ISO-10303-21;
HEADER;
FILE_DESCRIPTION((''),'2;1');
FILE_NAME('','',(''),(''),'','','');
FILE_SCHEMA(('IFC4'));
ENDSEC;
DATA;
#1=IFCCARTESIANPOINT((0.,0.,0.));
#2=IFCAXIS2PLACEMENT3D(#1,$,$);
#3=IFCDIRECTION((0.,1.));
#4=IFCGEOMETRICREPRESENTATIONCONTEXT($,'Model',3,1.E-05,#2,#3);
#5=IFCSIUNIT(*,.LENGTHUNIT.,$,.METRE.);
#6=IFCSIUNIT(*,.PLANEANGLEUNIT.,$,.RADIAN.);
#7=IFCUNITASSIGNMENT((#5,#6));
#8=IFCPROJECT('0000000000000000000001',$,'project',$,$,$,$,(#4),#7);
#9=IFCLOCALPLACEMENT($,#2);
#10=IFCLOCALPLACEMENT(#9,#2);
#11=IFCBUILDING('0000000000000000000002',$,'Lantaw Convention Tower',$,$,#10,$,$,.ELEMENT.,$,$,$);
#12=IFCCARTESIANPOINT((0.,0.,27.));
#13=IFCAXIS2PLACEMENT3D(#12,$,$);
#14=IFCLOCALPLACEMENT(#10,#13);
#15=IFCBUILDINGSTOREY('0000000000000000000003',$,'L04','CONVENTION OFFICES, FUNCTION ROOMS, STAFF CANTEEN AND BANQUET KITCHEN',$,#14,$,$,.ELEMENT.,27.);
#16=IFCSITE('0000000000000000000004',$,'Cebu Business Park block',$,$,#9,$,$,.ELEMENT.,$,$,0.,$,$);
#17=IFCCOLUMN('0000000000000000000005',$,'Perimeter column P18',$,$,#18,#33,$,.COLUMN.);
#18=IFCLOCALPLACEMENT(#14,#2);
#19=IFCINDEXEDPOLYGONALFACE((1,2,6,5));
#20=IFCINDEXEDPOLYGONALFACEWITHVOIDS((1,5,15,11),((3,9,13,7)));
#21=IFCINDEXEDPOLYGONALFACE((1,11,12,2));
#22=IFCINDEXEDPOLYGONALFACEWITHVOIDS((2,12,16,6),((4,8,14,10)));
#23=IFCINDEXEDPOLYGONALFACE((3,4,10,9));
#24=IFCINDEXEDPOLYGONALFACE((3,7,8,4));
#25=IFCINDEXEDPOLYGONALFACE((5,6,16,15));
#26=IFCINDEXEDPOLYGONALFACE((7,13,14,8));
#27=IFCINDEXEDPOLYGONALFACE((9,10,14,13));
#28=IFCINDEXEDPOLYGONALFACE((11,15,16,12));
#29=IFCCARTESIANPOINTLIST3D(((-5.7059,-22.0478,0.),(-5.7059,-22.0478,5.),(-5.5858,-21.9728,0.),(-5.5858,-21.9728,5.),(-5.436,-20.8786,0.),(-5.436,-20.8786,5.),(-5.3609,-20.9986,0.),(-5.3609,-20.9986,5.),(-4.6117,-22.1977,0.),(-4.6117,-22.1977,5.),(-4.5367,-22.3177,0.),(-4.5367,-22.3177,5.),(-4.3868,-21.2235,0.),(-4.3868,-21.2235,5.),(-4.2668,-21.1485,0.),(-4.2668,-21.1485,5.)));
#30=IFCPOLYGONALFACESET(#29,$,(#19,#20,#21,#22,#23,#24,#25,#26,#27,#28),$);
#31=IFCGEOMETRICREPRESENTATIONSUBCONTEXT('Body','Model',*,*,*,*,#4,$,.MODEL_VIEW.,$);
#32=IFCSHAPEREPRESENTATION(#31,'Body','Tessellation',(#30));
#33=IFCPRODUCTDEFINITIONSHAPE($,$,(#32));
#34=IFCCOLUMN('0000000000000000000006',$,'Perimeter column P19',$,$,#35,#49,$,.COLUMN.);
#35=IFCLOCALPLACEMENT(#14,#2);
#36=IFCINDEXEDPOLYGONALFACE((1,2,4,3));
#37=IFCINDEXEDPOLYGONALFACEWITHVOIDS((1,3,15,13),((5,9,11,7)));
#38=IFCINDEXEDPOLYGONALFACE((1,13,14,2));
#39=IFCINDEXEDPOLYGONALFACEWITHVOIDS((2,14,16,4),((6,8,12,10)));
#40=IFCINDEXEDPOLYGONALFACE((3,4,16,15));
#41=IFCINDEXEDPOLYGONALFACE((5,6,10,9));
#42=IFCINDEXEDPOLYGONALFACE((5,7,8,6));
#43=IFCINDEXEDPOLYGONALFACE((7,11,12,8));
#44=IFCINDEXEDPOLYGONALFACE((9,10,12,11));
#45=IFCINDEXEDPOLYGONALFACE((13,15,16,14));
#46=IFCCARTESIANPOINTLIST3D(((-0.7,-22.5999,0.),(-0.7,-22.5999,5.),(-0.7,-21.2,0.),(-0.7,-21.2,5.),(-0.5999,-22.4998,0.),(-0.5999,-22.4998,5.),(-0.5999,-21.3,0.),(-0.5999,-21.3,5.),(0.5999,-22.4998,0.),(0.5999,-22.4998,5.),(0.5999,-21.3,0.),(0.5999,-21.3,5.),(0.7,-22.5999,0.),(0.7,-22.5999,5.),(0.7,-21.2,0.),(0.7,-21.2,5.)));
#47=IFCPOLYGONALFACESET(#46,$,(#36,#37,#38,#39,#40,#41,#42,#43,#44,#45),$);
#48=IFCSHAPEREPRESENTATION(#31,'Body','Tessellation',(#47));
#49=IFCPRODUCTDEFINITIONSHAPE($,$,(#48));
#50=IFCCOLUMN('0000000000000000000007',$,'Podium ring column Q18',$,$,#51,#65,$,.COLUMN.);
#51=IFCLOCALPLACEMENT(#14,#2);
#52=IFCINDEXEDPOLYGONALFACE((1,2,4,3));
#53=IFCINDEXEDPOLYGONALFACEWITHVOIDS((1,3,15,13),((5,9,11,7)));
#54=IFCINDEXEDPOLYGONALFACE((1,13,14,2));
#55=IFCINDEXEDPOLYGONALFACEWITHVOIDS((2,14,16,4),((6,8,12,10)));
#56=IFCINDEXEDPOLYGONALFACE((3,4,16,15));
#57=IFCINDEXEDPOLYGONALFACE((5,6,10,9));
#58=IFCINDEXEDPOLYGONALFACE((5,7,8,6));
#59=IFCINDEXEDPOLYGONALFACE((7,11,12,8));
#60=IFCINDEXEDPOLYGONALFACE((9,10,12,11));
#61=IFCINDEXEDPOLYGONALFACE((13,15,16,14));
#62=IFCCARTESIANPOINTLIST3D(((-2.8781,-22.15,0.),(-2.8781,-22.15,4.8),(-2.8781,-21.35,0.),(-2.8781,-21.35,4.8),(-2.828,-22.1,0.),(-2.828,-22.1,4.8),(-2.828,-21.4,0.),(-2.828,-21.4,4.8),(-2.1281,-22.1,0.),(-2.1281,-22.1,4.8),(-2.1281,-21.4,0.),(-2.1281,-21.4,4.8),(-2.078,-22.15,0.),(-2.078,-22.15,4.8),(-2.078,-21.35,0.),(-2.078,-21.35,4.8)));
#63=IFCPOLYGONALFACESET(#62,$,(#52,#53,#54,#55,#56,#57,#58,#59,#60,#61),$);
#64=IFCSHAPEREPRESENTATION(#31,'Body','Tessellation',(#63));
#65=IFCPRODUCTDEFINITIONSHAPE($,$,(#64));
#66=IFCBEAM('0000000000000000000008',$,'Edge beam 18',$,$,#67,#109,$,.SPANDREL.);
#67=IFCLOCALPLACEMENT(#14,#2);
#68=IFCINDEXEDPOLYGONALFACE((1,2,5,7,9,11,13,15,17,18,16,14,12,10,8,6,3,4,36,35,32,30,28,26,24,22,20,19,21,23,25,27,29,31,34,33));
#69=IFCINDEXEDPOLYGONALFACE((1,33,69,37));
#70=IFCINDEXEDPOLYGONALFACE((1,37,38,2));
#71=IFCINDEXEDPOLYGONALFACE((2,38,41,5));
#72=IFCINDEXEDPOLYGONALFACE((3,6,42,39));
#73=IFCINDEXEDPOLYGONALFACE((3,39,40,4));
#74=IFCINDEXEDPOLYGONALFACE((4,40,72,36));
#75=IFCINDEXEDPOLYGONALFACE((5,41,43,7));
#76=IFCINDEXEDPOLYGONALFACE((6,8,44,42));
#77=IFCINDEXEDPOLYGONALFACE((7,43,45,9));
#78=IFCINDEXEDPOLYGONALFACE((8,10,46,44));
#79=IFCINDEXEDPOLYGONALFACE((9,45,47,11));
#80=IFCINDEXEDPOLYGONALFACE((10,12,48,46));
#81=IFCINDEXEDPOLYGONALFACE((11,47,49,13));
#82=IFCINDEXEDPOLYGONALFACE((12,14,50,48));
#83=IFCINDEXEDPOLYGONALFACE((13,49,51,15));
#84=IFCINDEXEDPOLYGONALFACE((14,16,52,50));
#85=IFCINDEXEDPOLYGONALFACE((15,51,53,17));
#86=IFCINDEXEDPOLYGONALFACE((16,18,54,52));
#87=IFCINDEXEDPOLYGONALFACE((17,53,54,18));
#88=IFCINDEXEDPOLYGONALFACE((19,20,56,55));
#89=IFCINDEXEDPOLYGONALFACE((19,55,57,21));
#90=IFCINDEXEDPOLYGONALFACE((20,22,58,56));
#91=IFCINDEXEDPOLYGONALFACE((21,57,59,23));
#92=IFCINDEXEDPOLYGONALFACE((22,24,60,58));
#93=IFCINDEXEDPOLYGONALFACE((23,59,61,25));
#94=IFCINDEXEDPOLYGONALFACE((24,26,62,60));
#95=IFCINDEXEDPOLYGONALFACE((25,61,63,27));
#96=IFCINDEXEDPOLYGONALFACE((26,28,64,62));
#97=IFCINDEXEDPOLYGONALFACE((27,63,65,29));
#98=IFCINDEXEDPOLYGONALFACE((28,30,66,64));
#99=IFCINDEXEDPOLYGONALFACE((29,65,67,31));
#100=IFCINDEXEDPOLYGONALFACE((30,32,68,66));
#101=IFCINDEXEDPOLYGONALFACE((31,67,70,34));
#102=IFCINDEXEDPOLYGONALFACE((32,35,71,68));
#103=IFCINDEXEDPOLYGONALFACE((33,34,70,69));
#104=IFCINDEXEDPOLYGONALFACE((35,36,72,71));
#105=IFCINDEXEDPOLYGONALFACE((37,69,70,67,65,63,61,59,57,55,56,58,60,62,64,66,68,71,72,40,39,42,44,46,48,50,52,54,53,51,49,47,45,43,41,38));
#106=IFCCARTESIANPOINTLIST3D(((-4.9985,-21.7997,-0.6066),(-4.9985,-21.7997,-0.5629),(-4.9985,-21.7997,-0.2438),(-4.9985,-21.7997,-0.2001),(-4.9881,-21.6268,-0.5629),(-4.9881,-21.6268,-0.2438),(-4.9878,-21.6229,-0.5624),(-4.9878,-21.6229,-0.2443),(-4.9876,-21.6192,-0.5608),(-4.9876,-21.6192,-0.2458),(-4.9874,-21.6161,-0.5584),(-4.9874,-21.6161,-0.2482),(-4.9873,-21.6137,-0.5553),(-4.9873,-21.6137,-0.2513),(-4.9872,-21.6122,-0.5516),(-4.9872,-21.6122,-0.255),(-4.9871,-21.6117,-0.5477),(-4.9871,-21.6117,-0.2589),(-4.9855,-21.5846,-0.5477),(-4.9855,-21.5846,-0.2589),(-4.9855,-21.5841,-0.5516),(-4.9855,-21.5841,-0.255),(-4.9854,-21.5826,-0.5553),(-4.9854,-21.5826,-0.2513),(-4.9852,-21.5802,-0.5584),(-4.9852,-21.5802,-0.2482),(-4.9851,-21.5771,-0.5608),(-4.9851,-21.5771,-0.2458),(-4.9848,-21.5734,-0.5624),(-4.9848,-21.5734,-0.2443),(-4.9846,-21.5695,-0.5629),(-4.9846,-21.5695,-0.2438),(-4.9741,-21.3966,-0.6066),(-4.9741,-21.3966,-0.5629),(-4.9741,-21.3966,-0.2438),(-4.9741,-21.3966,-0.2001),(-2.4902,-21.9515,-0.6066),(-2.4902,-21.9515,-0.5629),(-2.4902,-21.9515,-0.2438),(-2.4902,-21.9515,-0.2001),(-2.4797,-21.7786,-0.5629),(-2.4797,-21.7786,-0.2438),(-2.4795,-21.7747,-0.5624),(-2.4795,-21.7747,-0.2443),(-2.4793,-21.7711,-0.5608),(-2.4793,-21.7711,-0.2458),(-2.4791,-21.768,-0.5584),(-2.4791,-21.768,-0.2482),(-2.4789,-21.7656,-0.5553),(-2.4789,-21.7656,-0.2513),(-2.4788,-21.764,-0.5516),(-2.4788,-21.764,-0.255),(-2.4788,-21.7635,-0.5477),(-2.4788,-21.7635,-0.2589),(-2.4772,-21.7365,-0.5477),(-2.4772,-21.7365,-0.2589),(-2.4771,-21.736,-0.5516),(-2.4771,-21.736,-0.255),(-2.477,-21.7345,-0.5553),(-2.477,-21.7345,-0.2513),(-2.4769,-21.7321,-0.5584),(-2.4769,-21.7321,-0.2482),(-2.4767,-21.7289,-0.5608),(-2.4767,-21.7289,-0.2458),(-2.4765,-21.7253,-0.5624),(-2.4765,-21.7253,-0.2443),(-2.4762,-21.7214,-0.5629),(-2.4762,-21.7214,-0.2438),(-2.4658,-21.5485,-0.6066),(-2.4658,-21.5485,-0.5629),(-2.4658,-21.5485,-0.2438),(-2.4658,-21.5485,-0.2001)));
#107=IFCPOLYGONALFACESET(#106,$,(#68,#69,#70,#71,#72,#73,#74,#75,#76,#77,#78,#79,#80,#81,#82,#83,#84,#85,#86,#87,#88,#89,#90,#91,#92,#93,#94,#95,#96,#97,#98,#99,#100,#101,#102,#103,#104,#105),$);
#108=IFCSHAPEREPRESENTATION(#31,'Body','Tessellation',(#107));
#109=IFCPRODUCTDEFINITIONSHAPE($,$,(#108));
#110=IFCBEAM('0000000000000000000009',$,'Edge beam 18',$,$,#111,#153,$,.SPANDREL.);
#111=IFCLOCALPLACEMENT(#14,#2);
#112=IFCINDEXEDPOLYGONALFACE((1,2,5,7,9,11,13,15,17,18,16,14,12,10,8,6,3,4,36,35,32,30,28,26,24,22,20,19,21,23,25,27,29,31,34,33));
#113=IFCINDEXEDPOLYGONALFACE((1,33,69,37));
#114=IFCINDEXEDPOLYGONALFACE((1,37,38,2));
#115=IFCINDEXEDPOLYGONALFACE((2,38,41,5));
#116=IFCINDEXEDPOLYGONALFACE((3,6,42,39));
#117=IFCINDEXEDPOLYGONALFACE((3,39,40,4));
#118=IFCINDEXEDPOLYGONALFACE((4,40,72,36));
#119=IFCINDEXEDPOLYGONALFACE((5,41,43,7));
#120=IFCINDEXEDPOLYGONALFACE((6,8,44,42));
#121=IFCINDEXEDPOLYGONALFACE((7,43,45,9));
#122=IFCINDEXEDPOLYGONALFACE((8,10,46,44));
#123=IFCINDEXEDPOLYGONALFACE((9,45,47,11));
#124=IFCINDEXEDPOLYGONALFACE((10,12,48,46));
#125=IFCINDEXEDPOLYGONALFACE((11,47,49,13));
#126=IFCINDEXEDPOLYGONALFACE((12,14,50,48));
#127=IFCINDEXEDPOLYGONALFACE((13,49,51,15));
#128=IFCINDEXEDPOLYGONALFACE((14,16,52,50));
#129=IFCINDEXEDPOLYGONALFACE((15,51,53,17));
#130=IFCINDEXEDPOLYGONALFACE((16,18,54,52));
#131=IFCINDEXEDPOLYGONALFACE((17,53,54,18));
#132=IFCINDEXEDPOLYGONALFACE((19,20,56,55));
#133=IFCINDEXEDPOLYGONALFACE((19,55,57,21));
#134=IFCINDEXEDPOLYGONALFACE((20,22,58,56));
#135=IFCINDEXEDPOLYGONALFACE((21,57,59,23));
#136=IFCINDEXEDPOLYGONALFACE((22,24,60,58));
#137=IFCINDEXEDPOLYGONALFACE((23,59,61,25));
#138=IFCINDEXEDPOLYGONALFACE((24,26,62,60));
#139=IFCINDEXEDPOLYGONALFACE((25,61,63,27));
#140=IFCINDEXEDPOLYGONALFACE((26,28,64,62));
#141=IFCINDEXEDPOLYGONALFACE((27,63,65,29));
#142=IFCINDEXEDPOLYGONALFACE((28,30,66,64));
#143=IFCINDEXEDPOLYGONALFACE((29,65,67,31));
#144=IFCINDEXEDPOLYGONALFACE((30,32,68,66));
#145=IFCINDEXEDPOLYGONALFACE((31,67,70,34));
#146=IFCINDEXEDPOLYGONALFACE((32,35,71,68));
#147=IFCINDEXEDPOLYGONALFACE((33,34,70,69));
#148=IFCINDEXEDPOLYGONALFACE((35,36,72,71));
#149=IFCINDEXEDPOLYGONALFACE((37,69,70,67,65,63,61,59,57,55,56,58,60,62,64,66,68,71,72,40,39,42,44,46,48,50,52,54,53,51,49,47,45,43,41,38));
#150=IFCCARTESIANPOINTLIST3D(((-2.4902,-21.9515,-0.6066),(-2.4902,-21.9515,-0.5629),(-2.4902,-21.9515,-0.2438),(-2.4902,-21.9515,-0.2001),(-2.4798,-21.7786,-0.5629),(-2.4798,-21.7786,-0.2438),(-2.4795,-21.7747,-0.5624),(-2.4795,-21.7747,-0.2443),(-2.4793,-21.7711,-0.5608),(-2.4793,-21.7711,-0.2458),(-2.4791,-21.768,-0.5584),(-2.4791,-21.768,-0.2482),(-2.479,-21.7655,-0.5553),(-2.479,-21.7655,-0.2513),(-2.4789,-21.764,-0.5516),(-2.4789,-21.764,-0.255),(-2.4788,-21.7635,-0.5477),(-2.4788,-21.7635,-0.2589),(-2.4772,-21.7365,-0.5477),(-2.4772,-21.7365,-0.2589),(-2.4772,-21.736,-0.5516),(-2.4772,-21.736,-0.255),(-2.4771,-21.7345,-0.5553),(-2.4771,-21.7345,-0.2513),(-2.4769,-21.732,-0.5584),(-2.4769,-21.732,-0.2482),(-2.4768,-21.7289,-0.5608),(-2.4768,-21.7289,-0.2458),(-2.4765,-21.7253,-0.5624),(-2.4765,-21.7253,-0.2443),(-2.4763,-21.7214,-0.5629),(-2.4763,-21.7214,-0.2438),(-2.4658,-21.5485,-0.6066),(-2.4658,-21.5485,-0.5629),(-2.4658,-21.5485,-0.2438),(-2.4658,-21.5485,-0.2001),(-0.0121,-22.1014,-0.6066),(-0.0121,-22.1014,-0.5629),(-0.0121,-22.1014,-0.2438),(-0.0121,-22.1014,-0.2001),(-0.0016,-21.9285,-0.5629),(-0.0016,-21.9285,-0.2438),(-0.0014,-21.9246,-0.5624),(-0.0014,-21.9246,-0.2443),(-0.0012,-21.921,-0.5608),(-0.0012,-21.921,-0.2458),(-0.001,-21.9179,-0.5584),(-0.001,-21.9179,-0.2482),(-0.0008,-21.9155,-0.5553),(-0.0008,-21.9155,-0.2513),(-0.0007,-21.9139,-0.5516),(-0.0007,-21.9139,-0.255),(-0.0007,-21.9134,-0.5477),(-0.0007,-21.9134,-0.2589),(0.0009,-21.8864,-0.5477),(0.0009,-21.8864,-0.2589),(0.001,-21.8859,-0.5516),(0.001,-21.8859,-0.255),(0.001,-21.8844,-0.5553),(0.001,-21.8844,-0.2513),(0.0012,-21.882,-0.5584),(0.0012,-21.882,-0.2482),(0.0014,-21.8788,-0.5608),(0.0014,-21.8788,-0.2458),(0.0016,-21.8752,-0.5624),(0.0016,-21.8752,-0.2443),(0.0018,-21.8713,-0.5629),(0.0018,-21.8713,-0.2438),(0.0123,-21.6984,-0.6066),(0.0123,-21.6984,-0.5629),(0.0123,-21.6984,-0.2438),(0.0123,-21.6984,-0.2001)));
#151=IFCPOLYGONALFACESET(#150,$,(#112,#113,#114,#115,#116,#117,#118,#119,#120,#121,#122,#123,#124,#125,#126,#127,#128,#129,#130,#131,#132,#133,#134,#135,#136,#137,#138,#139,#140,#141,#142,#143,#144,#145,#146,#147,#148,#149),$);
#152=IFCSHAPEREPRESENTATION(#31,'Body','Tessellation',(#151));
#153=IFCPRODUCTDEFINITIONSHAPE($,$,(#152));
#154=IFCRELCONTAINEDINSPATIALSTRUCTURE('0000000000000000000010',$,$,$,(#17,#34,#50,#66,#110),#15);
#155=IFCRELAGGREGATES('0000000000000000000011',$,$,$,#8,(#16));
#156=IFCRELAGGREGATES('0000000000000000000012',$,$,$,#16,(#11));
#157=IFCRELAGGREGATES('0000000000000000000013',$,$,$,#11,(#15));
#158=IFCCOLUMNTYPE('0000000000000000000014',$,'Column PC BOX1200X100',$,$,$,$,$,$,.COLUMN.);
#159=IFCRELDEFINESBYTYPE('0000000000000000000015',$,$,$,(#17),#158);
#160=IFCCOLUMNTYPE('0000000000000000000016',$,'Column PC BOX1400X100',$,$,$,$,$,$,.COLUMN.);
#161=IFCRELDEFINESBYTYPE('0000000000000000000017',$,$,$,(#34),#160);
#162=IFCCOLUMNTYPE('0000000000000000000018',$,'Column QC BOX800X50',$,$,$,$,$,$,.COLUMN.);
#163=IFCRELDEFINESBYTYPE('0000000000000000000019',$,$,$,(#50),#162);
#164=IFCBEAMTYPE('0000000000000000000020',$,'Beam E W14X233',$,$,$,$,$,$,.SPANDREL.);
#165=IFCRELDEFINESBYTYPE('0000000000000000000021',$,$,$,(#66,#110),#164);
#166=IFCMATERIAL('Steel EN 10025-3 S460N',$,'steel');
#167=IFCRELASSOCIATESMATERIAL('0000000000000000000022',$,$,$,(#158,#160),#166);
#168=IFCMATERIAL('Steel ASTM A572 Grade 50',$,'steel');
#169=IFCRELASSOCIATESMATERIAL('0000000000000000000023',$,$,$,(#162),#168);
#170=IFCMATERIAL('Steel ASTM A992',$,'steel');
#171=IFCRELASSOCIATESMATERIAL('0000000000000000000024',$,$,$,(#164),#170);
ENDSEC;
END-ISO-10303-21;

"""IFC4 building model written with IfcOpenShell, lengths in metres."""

from ifc_helpers import new_model, si_unit, direction, frame, origin, origin_2d, place, context, subcontext, project, spatial, rectangle, hollow_rectangle, i_section, extrude, material, material_profile, profile_set, type_object, element, save


model = new_model("IFC4")

# Units and contexts
model_context = context("Model", 3, precision=1e-05, world=origin(), true_north=direction((0.0, 1.0)))
body_context = subcontext(model_context, "Body", "Model", "MODEL_VIEW")
ifc_project = project(units=[si_unit("LENGTHUNIT", "METRE"), si_unit("PLANEANGLEUNIT", "RADIAN")], contexts=[model_context])

# Site, building, storey
site_placement = place(None, origin())
site = spatial("IfcSite", under=ifc_project, at=site_placement, Name="Cebu Business Park block", CompositionType="ELEMENT", RefElevation=0.0)
building_placement = place(site_placement, origin())
building = spatial("IfcBuilding", under=site, at=building_placement, Name="Lantaw Convention Tower", CompositionType="ELEMENT")
storey_placement = place(building_placement, frame((0.0, 0.0, 27.0)))
storey = spatial("IfcBuildingStorey", under=building, at=storey_placement, Name="L04", Description="CONVENTION OFFICES, FUNCTION ROOMS, STAFF CANTEEN AND BANQUET KITCHEN", CompositionType="ELEMENT", Elevation=27.0)

# Columns
ifc_material_1 = material(Name="Steel EN 10025-3 S460N", Category="steel")
ifc_material_profile_1 = material_profile(ifc_material_1, hollow_rectangle(XDim=1.2, YDim=1.2, WallThickness=0.1001, at=origin_2d()), Name="BOX1200X100")
ifc_material_2 = material(Name="Concrete C60/75", Category="concrete")
ifc_material_profile_2 = material_profile(ifc_material_2, rectangle(XDim=1.0, YDim=1.0, at=origin_2d()), Name="Concrete fill of BOX1200X100")
ifc_profile_set_1 = profile_set([ifc_material_profile_1, ifc_material_profile_2], Name="Steel EN 10025-3 S460N")
column_type_1 = type_object("IfcColumnType", Name="Column PC BOX1200X100", PredefinedType="COLUMN", material=ifc_profile_set_1)
column_1_placement = place(storey_placement, frame((-4.9863, -21.5981, 0.0), z_axis=(0.0, 0.0, 1.0), x_axis=(0.224951, 0.97437, 0.0)))
element("IfcColumn", 1, at=column_1_placement, inside=storey, type_object=column_type_1, Name="Perimeter column P18", PredefinedType="COLUMN", context=body_context, shape_type="SweptSolid", body=[
    extrude(hollow_rectangle(XDim=1.2, YDim=1.2, WallThickness=0.1001, at=origin_2d()), origin(), (0.0, 0.0, 1.0), 5.0),
])
ifc_material_profile_3 = material_profile(ifc_material_1, hollow_rectangle(XDim=1.3999, YDim=1.3999, WallThickness=0.1001, at=origin_2d()), Name="BOX1400X100")
ifc_material_profile_4 = material_profile(ifc_material_2, rectangle(XDim=1.2, YDim=1.2, at=origin_2d()), Name="Concrete fill of BOX1400X100")
ifc_profile_set_2 = profile_set([ifc_material_profile_3, ifc_material_profile_4], Name="Steel EN 10025-3 S460N")
column_type_2 = type_object("IfcColumnType", Name="Column PC BOX1400X100", PredefinedType="COLUMN", material=ifc_profile_set_2)
column_2_placement = place(storey_placement, frame((0.0, -21.8999, 0.0), z_axis=(0.0, 0.0, 1.0), x_axis=(1.0, 0.0, 0.0)))
element("IfcColumn", 2, at=column_2_placement, inside=storey, type_object=column_type_2, Name="Perimeter column P19", PredefinedType="COLUMN", context=body_context, shape_type="SweptSolid", body=[
    extrude(hollow_rectangle(XDim=1.3999, YDim=1.3999, WallThickness=0.1001, at=origin_2d()), origin(), (0.0, 0.0, 1.0), 5.0),
])
ifc_material_3 = material(Name="Steel ASTM A572 Grade 50", Category="steel")
ifc_material_profile_5 = material_profile(ifc_material_3, hollow_rectangle(XDim=0.8, YDim=0.8, WallThickness=0.05, at=origin_2d()), Name="BOX800X50")
ifc_profile_set_3 = profile_set([ifc_material_profile_5], Name="Steel ASTM A572 Grade 50")
column_type_3 = type_object("IfcColumnType", Name="Column QC BOX800X50", PredefinedType="COLUMN", material=ifc_profile_set_3)
column_3_placement = place(storey_placement, frame((-2.478, -21.75, 0.0), z_axis=(0.0, 0.0, 1.0), x_axis=(1.0, 0.0, 0.0)))
element("IfcColumn", 3, at=column_3_placement, inside=storey, type_object=column_type_3, Name="Podium ring column Q18", PredefinedType="COLUMN", context=body_context, shape_type="SweptSolid", body=[
    extrude(hollow_rectangle(XDim=0.8, YDim=0.8, WallThickness=0.05, at=origin_2d()), origin(), (0.0, 0.0, 1.0), 4.8),
])

# Beams
ifc_material_4 = material(Name="Steel ASTM A992", Category="steel")
ifc_material_profile_6 = material_profile(ifc_material_4, i_section(OverallWidth=0.4038, OverallDepth=0.4065, WebThickness=0.0271, FlangeThickness=0.0437, FilletRadius=0.0151, at=origin_2d()), Name="W14X233")
ifc_profile_set_4 = profile_set([ifc_material_profile_6], Name="Steel ASTM A992")
beam_type_1 = type_object("IfcBeamType", Name="Beam E W14X233", PredefinedType="SPANDREL", material=ifc_profile_set_4)
beam_1_placement = place(storey_placement, frame((-4.9863, -21.5981, -0.4033), z_axis=(0.998172, -0.060431, 0.0), x_axis=(0.060431, 0.998172, 0.0)))
element("IfcBeam", 4, at=beam_1_placement, inside=storey, type_object=beam_type_1, Name="Edge beam 18", PredefinedType="SPANDREL", context=body_context, shape_type="SweptSolid", body=[
    extrude(i_section(OverallWidth=0.4038, OverallDepth=0.4065, WebThickness=0.0271, FlangeThickness=0.0437, FilletRadius=0.0151, at=origin_2d()), origin(), (0.0, 0.0, 1.0), 2.5129),
])
beam_2_placement = place(storey_placement, frame((-2.478, -21.75, -0.4033), z_axis=(0.998175, -0.060382, 0.0), x_axis=(0.060382, 0.998175, 0.0)))
element("IfcBeam", 5, at=beam_2_placement, inside=storey, type_object=beam_type_1, Name="Edge beam 18", PredefinedType="SPANDREL", context=body_context, shape_type="SweptSolid", body=[
    extrude(i_section(OverallWidth=0.4038, OverallDepth=0.4065, WebThickness=0.0271, FlangeThickness=0.0437, FilletRadius=0.0151, at=origin_2d()), origin(), (0.0, 0.0, 1.0), 2.4827),
])

save(model, "model.ifc")
